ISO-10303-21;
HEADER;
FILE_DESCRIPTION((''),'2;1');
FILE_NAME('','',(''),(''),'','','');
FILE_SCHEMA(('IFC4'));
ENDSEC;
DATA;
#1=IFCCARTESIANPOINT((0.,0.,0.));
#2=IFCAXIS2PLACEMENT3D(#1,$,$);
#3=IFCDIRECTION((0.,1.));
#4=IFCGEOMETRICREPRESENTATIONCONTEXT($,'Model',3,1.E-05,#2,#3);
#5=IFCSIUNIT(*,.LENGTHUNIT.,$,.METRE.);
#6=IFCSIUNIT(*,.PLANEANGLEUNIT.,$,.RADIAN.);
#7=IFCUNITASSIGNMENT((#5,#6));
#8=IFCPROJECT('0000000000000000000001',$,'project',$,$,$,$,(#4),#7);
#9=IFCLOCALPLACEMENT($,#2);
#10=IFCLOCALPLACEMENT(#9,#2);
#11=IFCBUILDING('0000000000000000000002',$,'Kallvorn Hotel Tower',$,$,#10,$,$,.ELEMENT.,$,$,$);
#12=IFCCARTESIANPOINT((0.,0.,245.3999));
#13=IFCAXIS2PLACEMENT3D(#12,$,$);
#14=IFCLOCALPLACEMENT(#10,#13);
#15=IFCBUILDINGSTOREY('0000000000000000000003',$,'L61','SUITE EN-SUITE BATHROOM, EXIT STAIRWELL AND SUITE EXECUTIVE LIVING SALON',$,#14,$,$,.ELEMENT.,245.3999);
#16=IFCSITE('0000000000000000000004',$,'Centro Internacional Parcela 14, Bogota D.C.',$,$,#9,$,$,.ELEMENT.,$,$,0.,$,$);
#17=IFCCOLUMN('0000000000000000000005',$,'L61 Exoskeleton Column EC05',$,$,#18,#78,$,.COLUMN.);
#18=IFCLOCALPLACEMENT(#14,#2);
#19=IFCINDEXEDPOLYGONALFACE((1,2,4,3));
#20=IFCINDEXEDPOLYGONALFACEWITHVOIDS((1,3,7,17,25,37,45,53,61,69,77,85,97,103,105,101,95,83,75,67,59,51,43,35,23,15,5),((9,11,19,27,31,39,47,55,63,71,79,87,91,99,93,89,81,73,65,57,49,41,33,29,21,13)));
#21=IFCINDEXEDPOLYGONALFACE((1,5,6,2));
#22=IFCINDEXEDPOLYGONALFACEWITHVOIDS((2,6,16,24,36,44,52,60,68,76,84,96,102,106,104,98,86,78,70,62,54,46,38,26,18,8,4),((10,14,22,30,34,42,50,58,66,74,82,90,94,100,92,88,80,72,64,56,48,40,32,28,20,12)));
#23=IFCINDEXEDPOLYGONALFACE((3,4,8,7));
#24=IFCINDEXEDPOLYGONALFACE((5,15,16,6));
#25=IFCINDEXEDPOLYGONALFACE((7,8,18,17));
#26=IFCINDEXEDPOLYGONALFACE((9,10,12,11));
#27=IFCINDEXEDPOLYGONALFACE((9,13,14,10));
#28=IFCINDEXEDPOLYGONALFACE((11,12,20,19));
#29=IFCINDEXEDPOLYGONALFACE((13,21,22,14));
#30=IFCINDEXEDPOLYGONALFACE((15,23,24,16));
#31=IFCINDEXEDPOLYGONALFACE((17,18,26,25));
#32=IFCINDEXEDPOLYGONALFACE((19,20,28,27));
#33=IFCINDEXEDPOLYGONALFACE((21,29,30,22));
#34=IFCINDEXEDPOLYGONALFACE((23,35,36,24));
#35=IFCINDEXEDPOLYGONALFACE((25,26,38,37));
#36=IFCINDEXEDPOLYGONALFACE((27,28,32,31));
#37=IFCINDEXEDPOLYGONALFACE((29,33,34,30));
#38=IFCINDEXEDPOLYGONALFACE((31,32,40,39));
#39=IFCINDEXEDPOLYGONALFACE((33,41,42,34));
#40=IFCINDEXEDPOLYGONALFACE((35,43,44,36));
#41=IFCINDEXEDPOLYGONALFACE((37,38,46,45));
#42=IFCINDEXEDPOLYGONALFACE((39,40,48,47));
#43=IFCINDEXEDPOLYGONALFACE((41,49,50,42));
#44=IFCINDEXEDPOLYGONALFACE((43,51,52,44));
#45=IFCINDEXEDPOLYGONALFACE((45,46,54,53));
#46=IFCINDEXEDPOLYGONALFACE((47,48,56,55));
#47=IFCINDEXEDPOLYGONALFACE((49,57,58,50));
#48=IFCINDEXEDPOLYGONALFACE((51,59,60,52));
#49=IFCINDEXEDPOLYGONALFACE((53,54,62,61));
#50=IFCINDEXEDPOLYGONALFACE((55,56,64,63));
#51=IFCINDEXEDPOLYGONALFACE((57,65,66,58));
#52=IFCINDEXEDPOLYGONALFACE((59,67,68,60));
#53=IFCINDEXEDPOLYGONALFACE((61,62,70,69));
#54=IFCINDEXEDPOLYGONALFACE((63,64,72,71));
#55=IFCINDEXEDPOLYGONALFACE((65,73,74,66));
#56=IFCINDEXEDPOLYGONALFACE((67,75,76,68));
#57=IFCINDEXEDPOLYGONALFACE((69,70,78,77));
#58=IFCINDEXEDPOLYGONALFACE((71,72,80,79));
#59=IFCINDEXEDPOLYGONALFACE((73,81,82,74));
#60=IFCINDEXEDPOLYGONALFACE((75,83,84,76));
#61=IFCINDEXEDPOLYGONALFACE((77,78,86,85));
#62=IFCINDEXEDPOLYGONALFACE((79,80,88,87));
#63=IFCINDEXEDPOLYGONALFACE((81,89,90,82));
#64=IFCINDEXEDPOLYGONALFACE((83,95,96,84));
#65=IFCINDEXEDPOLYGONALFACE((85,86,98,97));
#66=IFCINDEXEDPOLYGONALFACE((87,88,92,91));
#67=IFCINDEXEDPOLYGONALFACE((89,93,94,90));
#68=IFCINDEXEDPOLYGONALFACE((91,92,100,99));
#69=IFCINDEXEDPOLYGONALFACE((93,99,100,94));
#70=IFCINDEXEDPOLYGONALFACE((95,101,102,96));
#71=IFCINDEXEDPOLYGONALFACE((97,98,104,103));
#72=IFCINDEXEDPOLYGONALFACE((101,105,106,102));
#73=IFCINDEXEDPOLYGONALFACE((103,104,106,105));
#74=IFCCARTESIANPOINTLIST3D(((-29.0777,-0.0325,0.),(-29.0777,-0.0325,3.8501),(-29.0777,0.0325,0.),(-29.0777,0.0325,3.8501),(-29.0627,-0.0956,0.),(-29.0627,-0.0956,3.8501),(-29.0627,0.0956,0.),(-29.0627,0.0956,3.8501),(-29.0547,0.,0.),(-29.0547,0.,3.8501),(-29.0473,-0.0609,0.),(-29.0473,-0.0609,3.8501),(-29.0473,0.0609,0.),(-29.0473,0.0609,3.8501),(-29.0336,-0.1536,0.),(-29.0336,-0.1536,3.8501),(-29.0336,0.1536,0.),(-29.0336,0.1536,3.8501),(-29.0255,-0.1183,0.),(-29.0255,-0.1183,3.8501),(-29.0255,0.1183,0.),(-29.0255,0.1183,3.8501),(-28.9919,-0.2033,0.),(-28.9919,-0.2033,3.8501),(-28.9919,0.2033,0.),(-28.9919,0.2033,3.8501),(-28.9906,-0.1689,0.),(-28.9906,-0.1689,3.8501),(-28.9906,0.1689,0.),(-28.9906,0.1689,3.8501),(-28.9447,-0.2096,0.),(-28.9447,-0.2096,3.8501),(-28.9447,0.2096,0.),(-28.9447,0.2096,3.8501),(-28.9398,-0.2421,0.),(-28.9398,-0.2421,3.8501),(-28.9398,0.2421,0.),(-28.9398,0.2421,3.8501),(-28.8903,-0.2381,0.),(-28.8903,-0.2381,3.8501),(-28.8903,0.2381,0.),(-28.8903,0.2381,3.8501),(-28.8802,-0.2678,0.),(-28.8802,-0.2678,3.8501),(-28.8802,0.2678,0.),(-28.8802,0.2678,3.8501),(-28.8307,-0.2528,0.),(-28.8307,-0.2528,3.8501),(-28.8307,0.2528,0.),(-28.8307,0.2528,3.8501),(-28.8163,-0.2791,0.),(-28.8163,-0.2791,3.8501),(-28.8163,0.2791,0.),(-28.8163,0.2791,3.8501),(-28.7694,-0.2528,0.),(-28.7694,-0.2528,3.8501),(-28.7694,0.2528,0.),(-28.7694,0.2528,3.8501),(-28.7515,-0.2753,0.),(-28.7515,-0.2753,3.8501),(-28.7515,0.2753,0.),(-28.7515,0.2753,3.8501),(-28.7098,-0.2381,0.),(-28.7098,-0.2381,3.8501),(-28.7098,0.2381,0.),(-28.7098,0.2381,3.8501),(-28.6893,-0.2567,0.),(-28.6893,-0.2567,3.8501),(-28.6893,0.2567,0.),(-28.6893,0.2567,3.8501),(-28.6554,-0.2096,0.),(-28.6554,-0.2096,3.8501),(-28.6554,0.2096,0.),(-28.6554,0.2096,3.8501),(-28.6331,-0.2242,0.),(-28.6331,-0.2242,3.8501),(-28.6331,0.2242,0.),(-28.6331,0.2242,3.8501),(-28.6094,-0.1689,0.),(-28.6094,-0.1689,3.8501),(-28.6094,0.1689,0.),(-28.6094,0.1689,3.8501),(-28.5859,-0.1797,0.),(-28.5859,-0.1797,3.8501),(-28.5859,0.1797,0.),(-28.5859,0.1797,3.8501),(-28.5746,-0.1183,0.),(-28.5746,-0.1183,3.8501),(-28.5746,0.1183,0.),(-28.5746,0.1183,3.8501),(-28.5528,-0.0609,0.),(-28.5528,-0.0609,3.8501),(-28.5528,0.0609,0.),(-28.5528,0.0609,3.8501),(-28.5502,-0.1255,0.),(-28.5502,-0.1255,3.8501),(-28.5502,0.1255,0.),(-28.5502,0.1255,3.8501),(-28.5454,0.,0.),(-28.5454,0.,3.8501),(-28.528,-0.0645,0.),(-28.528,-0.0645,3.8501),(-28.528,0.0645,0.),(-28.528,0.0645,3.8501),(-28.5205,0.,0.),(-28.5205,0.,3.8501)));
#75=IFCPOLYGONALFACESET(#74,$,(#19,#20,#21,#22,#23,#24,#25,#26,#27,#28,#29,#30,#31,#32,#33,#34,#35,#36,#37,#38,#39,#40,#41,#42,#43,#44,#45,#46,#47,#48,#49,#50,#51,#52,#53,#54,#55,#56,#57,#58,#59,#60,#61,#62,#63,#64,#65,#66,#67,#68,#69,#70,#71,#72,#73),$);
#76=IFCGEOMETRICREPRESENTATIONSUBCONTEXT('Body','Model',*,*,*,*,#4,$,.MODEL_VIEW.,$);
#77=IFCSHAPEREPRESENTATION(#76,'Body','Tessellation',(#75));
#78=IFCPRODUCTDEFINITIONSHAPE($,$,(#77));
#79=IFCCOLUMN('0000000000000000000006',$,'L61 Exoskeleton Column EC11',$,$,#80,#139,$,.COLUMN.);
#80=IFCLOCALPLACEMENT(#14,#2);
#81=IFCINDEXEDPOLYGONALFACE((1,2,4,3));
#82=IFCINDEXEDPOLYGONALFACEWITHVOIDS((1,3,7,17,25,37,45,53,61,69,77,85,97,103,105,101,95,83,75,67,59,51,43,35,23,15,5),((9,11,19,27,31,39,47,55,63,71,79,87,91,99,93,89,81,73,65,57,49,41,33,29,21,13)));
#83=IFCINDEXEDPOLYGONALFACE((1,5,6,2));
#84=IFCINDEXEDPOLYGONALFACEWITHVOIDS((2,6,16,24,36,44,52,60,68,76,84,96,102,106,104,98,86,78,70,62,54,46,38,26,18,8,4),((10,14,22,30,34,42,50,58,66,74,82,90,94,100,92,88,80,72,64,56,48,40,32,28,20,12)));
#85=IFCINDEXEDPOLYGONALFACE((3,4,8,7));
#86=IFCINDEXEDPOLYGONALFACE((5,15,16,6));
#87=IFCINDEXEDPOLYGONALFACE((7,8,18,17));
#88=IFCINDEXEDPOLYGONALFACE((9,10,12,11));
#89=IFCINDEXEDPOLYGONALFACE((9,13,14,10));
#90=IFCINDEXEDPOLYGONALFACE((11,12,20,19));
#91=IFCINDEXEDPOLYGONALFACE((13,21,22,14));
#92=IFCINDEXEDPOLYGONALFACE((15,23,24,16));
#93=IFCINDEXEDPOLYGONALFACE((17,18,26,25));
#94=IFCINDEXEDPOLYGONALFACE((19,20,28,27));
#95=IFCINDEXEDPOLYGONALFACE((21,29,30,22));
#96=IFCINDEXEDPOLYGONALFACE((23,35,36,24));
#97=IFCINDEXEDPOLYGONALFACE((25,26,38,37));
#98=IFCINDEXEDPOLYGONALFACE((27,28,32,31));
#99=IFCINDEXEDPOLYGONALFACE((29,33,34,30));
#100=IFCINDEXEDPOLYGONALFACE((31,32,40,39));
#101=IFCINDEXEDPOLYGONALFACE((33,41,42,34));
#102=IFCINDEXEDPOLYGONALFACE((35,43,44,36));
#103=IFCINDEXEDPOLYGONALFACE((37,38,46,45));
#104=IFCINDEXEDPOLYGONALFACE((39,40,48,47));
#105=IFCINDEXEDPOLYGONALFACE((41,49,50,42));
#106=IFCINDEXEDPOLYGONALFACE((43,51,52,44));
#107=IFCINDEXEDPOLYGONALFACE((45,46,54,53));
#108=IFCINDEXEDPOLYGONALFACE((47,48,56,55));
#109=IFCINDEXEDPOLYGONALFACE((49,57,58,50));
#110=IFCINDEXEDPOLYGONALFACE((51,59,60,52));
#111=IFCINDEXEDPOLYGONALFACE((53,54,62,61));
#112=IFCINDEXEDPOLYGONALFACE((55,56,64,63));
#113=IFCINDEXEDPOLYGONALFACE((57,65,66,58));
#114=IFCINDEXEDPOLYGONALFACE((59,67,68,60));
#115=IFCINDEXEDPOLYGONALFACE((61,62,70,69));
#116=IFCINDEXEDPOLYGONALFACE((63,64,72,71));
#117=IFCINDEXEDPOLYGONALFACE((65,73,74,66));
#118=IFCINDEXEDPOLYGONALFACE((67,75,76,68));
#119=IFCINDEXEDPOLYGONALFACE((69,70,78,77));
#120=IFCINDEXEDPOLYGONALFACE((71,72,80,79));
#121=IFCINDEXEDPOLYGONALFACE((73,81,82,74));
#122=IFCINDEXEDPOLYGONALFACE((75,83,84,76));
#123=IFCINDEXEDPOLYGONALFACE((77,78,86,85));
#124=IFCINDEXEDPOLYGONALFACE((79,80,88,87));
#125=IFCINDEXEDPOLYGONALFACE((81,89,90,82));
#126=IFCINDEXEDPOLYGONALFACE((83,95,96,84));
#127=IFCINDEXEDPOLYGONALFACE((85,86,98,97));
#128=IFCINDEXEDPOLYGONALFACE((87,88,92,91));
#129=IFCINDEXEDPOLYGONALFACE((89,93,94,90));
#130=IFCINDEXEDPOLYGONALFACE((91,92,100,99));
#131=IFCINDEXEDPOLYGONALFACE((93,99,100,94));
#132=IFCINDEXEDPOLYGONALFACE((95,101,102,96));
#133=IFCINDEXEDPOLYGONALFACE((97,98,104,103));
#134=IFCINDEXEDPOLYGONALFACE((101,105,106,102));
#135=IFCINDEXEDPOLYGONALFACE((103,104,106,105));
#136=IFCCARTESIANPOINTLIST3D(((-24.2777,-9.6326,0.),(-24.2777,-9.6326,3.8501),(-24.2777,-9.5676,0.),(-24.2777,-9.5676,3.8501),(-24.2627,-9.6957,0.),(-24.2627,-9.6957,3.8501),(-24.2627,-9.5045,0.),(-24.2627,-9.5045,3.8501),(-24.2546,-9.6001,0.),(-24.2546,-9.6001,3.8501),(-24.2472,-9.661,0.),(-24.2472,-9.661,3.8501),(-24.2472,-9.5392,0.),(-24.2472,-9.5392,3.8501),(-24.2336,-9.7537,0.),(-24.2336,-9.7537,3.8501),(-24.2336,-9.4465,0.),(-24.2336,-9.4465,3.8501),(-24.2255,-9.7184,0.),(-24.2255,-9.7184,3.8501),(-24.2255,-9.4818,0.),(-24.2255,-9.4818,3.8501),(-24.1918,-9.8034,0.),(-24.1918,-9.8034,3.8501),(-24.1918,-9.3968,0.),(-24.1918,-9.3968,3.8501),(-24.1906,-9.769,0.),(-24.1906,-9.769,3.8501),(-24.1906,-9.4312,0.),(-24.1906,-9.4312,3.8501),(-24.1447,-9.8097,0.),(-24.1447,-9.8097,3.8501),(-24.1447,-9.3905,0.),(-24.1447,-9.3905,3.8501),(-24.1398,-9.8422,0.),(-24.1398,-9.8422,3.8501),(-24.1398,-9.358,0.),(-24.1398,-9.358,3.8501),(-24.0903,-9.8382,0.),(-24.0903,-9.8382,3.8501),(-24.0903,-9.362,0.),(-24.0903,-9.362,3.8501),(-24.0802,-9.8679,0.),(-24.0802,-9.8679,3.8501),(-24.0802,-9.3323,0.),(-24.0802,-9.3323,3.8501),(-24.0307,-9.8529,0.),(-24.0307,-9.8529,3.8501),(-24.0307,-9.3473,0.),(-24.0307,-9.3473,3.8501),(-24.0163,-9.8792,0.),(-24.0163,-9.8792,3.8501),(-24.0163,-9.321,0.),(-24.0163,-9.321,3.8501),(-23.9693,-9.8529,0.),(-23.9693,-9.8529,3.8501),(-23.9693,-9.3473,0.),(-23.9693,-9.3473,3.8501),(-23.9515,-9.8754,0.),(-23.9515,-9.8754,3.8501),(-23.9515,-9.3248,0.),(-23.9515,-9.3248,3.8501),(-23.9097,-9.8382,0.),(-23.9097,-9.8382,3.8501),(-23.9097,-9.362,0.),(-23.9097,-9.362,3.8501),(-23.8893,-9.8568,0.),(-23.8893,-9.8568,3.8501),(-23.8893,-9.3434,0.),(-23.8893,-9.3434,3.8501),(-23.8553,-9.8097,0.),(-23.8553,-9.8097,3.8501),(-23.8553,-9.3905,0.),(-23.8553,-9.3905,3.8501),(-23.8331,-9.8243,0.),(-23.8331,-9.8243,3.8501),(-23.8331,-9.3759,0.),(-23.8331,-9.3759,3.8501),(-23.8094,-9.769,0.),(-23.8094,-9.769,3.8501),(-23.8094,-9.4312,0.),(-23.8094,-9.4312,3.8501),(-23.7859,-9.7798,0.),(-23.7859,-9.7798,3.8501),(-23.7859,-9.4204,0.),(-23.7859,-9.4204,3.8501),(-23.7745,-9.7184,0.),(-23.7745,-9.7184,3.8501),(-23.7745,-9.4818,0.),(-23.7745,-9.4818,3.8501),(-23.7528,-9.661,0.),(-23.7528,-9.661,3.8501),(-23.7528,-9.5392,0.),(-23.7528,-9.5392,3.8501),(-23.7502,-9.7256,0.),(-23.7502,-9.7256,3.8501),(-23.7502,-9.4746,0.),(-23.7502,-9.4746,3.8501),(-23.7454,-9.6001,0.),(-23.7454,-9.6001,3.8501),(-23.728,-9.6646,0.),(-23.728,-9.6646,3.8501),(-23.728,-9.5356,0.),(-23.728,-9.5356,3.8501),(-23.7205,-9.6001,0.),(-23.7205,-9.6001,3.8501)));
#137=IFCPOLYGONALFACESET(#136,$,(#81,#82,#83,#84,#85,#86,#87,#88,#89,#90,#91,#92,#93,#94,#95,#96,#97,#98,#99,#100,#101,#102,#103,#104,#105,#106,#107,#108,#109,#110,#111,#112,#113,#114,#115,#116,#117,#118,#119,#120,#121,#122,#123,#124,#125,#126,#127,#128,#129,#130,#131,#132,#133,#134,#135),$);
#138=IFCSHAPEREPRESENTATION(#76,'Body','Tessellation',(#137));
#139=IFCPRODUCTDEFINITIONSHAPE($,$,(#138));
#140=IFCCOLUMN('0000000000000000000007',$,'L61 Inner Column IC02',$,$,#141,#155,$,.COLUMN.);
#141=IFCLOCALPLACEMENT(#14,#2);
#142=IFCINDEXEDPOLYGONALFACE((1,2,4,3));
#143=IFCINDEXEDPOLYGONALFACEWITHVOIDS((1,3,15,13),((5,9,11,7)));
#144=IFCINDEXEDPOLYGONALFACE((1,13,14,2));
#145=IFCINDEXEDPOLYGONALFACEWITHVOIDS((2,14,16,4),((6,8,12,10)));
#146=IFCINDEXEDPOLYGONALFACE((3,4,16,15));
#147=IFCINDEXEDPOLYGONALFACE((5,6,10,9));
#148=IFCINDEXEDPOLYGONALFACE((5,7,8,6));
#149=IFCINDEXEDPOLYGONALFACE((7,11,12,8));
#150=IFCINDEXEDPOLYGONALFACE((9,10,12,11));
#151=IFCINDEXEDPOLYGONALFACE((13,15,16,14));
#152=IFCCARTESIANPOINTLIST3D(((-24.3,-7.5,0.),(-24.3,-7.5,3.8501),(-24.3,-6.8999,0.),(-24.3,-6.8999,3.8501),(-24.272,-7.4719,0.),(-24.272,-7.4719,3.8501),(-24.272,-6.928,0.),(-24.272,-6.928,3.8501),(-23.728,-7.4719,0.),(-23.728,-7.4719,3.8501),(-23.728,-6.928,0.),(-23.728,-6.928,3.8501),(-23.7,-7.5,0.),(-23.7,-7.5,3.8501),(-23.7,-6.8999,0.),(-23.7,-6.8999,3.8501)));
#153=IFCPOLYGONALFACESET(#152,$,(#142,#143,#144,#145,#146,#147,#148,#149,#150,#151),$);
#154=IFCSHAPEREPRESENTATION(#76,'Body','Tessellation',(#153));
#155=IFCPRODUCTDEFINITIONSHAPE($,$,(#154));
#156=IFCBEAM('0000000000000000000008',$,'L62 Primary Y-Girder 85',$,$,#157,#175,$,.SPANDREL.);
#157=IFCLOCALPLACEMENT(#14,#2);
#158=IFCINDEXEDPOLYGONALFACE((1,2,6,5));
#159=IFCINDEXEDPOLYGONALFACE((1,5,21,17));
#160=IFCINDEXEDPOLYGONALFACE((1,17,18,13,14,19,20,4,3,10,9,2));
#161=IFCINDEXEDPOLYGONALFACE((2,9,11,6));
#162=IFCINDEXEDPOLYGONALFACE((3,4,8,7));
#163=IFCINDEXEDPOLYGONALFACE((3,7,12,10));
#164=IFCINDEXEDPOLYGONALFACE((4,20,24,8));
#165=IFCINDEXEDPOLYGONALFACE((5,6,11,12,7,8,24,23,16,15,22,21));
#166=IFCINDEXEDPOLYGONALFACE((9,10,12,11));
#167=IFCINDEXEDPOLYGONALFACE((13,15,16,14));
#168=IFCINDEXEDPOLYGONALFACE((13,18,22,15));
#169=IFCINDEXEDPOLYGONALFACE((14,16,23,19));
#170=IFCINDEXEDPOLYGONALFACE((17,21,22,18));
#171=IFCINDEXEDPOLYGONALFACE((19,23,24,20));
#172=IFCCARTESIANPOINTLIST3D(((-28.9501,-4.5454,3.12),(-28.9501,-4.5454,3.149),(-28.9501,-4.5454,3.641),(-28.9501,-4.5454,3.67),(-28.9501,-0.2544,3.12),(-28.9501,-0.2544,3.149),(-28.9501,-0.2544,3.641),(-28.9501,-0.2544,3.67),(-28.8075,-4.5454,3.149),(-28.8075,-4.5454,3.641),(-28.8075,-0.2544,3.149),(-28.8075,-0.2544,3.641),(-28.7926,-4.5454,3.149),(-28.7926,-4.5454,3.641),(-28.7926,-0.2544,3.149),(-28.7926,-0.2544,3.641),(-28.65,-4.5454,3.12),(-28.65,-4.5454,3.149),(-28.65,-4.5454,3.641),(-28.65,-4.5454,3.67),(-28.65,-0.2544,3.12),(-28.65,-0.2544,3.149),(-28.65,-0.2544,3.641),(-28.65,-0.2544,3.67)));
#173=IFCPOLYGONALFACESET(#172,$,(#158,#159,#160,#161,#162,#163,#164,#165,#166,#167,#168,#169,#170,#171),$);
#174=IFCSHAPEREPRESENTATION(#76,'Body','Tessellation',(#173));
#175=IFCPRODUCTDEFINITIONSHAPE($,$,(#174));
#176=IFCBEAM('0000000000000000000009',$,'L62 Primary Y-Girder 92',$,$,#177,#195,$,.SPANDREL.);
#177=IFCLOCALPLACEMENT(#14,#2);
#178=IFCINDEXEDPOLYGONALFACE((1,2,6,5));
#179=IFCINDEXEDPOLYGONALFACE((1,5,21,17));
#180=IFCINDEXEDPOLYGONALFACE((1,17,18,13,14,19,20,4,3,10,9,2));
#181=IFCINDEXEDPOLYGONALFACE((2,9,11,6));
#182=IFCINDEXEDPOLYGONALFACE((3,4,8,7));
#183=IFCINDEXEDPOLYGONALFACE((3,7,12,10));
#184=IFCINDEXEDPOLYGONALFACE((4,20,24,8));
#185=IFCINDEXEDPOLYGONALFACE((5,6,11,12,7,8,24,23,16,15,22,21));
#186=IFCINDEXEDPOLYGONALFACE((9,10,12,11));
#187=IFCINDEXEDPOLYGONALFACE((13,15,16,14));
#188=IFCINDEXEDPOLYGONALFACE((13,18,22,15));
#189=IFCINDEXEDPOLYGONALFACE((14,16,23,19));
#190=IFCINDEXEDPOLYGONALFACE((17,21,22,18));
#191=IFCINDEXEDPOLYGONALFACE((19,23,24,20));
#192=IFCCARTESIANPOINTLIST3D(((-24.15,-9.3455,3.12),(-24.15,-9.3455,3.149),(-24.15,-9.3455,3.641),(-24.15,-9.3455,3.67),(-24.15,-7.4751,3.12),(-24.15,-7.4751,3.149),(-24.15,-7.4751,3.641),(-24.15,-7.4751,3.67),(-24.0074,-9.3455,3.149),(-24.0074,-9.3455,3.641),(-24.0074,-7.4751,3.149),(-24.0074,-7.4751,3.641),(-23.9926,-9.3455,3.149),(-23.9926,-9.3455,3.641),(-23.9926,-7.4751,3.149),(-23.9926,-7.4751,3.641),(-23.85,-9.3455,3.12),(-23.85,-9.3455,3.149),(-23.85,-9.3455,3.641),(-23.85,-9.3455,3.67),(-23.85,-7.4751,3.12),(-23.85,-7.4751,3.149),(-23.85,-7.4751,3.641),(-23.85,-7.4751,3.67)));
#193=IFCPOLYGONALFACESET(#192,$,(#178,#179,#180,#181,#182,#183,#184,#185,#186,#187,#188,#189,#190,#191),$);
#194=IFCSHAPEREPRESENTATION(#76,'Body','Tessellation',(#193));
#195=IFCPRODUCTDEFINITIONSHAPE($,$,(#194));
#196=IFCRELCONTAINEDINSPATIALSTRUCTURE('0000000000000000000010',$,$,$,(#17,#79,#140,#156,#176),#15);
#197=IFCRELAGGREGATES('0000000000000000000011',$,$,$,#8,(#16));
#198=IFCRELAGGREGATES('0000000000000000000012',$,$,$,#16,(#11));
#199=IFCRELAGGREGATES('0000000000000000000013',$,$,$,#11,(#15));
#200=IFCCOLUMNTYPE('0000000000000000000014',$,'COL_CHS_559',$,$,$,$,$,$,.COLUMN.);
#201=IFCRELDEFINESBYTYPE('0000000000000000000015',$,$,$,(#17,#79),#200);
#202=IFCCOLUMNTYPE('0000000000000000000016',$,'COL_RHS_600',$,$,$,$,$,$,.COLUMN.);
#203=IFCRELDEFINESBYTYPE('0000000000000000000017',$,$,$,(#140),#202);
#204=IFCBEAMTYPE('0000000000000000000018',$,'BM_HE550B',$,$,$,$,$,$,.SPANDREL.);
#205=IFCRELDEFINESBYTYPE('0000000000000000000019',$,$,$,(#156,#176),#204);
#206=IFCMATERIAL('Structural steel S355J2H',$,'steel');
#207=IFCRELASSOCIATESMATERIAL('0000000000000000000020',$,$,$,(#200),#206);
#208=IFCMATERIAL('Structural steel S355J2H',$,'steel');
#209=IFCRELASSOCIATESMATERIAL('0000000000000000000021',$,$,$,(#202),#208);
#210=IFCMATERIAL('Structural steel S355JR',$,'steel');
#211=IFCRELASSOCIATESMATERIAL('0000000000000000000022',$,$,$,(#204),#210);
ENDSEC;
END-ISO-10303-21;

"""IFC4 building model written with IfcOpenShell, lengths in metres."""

from ifc_helpers import new_model, si_unit, direction, frame, origin, origin_2d, place, context, subcontext, project, spatial, hollow_rectangle, hollow_circle, i_section, extrude, material, material_profile, profile_set, type_object, element, save


model = new_model("IFC4")

# Units and contexts
model_context = context("Model", 3, precision=1e-05, world=origin(), true_north=direction((0.0, 1.0)))
body_context = subcontext(model_context, "Body", "Model", "MODEL_VIEW")
ifc_project = project(units=[si_unit("LENGTHUNIT", "METRE"), si_unit("PLANEANGLEUNIT", "RADIAN")], contexts=[model_context])

# Site, building, storey
site_placement = place(None, origin())
site = spatial("IfcSite", under=ifc_project, at=site_placement, Name="Centro Internacional Parcela 14, Bogota D.C.", CompositionType="ELEMENT", RefElevation=0.0)
building_placement = place(site_placement, origin())
building = spatial("IfcBuilding", under=site, at=building_placement, Name="Kallvorn Hotel Tower", CompositionType="ELEMENT")
storey_placement = place(building_placement, frame((0.0, 0.0, 245.3999)))
storey = spatial("IfcBuildingStorey", under=building, at=storey_placement, Name="L61", Description="SUITE EN-SUITE BATHROOM, EXIT STAIRWELL AND SUITE EXECUTIVE LIVING SALON", CompositionType="ELEMENT", Elevation=245.3999)

# Columns
ifc_material_1 = material(Name="Structural steel S355J2H", Category="steel")
ifc_material_profile_1 = material_profile(ifc_material_1, hollow_circle(Radius=0.2795, WallThickness=0.0249, at=origin_2d()), Name="CHS 559x25")
ifc_profile_set_1 = profile_set([ifc_material_profile_1], Name="Structural steel S355J2H")
column_type_1 = type_object("IfcColumnType", Name="COL_CHS_559", PredefinedType="COLUMN", material=ifc_profile_set_1)
for number, where, z_axis, x_axis, name in (
    (1, (-28.8, 0.0, 0.0), (0.0, 0.0, 1.0), (1.0, 0.0, 0.0), "L61 Exoskeleton Column EC05"),
    (2, (-24.0, -9.6001, 0.0), (0.0, 0.0, 1.0), (1.0, 0.0, 0.0), "L61 Exoskeleton Column EC11"),
):
    element("IfcColumn", number, at=place(storey_placement, frame(where, z_axis=z_axis, x_axis=x_axis)), inside=storey, type_object=column_type_1, Name=name, PredefinedType="COLUMN", context=body_context, shape_type="SweptSolid", body=[
        extrude(hollow_circle(Radius=0.2795, WallThickness=0.0249, at=origin_2d()), origin(), (0.0, 0.0, 1.0), 3.8501),
    ])
ifc_material_2 = material(Name="Structural steel S355J2H", Category="steel")
ifc_material_profile_2 = material_profile(ifc_material_2, hollow_rectangle(XDim=0.6001, YDim=0.6001, WallThickness=0.0281, at=origin_2d()), Name="RHS 600x600x28")
ifc_profile_set_2 = profile_set([ifc_material_profile_2], Name="Structural steel S355J2H")
column_type_2 = type_object("IfcColumnType", Name="COL_RHS_600", PredefinedType="COLUMN", material=ifc_profile_set_2)
column_placement = place(storey_placement, frame((-24.0, -7.2, 0.0), z_axis=(0.0, 0.0, 1.0), x_axis=(1.0, 0.0, 0.0)))
element("IfcColumn", 3, at=column_placement, inside=storey, type_object=column_type_2, Name="L61 Inner Column IC02", PredefinedType="COLUMN", context=body_context, shape_type="SweptSolid", body=[
    extrude(hollow_rectangle(XDim=0.6001, YDim=0.6001, WallThickness=0.0281, at=origin_2d()), origin(), (0.0, 0.0, 1.0), 3.8501),
])

# Beams
ifc_material_3 = material(Name="Structural steel S355JR", Category="steel")
ifc_material_profile_3 = material_profile(ifc_material_3, i_section(OverallWidth=0.3, OverallDepth=0.55, WebThickness=0.0149, FlangeThickness=0.0291, at=origin_2d()), Name="HE 550 B")
ifc_profile_set_3 = profile_set([ifc_material_profile_3], Name="Structural steel S355JR")
beam_type_1 = type_object("IfcBeamType", Name="BM_HE550B", PredefinedType="SPANDREL", material=ifc_profile_set_3)
beam_1_placement = place(storey_placement, frame((-28.8, -4.5454, 3.395), z_axis=(0.0, 1.0, 0.0), x_axis=(-1.0, 0.0, 0.0)))
element("IfcBeam", 4, at=beam_1_placement, inside=storey, type_object=beam_type_1, Name="L62 Primary Y-Girder 85", PredefinedType="SPANDREL", context=body_context, shape_type="SweptSolid", body=[
    extrude(i_section(OverallWidth=0.3, OverallDepth=0.55, WebThickness=0.0149, FlangeThickness=0.0291, at=origin_2d()), origin(), (0.0, 0.0, 1.0), 4.291),
])
beam_2_placement = place(storey_placement, frame((-24.0, -9.3455, 3.395), z_axis=(0.0, 1.0, 0.0), x_axis=(-1.0, 0.0, 0.0)))
element("IfcBeam", 5, at=beam_2_placement, inside=storey, type_object=beam_type_1, Name="L62 Primary Y-Girder 92", PredefinedType="SPANDREL", context=body_context, shape_type="SweptSolid", body=[
    extrude(i_section(OverallWidth=0.3, OverallDepth=0.55, WebThickness=0.0149, FlangeThickness=0.0291, at=origin_2d()), origin(), (0.0, 0.0, 1.0), 1.8704),
])

save(model, "model.ifc")
